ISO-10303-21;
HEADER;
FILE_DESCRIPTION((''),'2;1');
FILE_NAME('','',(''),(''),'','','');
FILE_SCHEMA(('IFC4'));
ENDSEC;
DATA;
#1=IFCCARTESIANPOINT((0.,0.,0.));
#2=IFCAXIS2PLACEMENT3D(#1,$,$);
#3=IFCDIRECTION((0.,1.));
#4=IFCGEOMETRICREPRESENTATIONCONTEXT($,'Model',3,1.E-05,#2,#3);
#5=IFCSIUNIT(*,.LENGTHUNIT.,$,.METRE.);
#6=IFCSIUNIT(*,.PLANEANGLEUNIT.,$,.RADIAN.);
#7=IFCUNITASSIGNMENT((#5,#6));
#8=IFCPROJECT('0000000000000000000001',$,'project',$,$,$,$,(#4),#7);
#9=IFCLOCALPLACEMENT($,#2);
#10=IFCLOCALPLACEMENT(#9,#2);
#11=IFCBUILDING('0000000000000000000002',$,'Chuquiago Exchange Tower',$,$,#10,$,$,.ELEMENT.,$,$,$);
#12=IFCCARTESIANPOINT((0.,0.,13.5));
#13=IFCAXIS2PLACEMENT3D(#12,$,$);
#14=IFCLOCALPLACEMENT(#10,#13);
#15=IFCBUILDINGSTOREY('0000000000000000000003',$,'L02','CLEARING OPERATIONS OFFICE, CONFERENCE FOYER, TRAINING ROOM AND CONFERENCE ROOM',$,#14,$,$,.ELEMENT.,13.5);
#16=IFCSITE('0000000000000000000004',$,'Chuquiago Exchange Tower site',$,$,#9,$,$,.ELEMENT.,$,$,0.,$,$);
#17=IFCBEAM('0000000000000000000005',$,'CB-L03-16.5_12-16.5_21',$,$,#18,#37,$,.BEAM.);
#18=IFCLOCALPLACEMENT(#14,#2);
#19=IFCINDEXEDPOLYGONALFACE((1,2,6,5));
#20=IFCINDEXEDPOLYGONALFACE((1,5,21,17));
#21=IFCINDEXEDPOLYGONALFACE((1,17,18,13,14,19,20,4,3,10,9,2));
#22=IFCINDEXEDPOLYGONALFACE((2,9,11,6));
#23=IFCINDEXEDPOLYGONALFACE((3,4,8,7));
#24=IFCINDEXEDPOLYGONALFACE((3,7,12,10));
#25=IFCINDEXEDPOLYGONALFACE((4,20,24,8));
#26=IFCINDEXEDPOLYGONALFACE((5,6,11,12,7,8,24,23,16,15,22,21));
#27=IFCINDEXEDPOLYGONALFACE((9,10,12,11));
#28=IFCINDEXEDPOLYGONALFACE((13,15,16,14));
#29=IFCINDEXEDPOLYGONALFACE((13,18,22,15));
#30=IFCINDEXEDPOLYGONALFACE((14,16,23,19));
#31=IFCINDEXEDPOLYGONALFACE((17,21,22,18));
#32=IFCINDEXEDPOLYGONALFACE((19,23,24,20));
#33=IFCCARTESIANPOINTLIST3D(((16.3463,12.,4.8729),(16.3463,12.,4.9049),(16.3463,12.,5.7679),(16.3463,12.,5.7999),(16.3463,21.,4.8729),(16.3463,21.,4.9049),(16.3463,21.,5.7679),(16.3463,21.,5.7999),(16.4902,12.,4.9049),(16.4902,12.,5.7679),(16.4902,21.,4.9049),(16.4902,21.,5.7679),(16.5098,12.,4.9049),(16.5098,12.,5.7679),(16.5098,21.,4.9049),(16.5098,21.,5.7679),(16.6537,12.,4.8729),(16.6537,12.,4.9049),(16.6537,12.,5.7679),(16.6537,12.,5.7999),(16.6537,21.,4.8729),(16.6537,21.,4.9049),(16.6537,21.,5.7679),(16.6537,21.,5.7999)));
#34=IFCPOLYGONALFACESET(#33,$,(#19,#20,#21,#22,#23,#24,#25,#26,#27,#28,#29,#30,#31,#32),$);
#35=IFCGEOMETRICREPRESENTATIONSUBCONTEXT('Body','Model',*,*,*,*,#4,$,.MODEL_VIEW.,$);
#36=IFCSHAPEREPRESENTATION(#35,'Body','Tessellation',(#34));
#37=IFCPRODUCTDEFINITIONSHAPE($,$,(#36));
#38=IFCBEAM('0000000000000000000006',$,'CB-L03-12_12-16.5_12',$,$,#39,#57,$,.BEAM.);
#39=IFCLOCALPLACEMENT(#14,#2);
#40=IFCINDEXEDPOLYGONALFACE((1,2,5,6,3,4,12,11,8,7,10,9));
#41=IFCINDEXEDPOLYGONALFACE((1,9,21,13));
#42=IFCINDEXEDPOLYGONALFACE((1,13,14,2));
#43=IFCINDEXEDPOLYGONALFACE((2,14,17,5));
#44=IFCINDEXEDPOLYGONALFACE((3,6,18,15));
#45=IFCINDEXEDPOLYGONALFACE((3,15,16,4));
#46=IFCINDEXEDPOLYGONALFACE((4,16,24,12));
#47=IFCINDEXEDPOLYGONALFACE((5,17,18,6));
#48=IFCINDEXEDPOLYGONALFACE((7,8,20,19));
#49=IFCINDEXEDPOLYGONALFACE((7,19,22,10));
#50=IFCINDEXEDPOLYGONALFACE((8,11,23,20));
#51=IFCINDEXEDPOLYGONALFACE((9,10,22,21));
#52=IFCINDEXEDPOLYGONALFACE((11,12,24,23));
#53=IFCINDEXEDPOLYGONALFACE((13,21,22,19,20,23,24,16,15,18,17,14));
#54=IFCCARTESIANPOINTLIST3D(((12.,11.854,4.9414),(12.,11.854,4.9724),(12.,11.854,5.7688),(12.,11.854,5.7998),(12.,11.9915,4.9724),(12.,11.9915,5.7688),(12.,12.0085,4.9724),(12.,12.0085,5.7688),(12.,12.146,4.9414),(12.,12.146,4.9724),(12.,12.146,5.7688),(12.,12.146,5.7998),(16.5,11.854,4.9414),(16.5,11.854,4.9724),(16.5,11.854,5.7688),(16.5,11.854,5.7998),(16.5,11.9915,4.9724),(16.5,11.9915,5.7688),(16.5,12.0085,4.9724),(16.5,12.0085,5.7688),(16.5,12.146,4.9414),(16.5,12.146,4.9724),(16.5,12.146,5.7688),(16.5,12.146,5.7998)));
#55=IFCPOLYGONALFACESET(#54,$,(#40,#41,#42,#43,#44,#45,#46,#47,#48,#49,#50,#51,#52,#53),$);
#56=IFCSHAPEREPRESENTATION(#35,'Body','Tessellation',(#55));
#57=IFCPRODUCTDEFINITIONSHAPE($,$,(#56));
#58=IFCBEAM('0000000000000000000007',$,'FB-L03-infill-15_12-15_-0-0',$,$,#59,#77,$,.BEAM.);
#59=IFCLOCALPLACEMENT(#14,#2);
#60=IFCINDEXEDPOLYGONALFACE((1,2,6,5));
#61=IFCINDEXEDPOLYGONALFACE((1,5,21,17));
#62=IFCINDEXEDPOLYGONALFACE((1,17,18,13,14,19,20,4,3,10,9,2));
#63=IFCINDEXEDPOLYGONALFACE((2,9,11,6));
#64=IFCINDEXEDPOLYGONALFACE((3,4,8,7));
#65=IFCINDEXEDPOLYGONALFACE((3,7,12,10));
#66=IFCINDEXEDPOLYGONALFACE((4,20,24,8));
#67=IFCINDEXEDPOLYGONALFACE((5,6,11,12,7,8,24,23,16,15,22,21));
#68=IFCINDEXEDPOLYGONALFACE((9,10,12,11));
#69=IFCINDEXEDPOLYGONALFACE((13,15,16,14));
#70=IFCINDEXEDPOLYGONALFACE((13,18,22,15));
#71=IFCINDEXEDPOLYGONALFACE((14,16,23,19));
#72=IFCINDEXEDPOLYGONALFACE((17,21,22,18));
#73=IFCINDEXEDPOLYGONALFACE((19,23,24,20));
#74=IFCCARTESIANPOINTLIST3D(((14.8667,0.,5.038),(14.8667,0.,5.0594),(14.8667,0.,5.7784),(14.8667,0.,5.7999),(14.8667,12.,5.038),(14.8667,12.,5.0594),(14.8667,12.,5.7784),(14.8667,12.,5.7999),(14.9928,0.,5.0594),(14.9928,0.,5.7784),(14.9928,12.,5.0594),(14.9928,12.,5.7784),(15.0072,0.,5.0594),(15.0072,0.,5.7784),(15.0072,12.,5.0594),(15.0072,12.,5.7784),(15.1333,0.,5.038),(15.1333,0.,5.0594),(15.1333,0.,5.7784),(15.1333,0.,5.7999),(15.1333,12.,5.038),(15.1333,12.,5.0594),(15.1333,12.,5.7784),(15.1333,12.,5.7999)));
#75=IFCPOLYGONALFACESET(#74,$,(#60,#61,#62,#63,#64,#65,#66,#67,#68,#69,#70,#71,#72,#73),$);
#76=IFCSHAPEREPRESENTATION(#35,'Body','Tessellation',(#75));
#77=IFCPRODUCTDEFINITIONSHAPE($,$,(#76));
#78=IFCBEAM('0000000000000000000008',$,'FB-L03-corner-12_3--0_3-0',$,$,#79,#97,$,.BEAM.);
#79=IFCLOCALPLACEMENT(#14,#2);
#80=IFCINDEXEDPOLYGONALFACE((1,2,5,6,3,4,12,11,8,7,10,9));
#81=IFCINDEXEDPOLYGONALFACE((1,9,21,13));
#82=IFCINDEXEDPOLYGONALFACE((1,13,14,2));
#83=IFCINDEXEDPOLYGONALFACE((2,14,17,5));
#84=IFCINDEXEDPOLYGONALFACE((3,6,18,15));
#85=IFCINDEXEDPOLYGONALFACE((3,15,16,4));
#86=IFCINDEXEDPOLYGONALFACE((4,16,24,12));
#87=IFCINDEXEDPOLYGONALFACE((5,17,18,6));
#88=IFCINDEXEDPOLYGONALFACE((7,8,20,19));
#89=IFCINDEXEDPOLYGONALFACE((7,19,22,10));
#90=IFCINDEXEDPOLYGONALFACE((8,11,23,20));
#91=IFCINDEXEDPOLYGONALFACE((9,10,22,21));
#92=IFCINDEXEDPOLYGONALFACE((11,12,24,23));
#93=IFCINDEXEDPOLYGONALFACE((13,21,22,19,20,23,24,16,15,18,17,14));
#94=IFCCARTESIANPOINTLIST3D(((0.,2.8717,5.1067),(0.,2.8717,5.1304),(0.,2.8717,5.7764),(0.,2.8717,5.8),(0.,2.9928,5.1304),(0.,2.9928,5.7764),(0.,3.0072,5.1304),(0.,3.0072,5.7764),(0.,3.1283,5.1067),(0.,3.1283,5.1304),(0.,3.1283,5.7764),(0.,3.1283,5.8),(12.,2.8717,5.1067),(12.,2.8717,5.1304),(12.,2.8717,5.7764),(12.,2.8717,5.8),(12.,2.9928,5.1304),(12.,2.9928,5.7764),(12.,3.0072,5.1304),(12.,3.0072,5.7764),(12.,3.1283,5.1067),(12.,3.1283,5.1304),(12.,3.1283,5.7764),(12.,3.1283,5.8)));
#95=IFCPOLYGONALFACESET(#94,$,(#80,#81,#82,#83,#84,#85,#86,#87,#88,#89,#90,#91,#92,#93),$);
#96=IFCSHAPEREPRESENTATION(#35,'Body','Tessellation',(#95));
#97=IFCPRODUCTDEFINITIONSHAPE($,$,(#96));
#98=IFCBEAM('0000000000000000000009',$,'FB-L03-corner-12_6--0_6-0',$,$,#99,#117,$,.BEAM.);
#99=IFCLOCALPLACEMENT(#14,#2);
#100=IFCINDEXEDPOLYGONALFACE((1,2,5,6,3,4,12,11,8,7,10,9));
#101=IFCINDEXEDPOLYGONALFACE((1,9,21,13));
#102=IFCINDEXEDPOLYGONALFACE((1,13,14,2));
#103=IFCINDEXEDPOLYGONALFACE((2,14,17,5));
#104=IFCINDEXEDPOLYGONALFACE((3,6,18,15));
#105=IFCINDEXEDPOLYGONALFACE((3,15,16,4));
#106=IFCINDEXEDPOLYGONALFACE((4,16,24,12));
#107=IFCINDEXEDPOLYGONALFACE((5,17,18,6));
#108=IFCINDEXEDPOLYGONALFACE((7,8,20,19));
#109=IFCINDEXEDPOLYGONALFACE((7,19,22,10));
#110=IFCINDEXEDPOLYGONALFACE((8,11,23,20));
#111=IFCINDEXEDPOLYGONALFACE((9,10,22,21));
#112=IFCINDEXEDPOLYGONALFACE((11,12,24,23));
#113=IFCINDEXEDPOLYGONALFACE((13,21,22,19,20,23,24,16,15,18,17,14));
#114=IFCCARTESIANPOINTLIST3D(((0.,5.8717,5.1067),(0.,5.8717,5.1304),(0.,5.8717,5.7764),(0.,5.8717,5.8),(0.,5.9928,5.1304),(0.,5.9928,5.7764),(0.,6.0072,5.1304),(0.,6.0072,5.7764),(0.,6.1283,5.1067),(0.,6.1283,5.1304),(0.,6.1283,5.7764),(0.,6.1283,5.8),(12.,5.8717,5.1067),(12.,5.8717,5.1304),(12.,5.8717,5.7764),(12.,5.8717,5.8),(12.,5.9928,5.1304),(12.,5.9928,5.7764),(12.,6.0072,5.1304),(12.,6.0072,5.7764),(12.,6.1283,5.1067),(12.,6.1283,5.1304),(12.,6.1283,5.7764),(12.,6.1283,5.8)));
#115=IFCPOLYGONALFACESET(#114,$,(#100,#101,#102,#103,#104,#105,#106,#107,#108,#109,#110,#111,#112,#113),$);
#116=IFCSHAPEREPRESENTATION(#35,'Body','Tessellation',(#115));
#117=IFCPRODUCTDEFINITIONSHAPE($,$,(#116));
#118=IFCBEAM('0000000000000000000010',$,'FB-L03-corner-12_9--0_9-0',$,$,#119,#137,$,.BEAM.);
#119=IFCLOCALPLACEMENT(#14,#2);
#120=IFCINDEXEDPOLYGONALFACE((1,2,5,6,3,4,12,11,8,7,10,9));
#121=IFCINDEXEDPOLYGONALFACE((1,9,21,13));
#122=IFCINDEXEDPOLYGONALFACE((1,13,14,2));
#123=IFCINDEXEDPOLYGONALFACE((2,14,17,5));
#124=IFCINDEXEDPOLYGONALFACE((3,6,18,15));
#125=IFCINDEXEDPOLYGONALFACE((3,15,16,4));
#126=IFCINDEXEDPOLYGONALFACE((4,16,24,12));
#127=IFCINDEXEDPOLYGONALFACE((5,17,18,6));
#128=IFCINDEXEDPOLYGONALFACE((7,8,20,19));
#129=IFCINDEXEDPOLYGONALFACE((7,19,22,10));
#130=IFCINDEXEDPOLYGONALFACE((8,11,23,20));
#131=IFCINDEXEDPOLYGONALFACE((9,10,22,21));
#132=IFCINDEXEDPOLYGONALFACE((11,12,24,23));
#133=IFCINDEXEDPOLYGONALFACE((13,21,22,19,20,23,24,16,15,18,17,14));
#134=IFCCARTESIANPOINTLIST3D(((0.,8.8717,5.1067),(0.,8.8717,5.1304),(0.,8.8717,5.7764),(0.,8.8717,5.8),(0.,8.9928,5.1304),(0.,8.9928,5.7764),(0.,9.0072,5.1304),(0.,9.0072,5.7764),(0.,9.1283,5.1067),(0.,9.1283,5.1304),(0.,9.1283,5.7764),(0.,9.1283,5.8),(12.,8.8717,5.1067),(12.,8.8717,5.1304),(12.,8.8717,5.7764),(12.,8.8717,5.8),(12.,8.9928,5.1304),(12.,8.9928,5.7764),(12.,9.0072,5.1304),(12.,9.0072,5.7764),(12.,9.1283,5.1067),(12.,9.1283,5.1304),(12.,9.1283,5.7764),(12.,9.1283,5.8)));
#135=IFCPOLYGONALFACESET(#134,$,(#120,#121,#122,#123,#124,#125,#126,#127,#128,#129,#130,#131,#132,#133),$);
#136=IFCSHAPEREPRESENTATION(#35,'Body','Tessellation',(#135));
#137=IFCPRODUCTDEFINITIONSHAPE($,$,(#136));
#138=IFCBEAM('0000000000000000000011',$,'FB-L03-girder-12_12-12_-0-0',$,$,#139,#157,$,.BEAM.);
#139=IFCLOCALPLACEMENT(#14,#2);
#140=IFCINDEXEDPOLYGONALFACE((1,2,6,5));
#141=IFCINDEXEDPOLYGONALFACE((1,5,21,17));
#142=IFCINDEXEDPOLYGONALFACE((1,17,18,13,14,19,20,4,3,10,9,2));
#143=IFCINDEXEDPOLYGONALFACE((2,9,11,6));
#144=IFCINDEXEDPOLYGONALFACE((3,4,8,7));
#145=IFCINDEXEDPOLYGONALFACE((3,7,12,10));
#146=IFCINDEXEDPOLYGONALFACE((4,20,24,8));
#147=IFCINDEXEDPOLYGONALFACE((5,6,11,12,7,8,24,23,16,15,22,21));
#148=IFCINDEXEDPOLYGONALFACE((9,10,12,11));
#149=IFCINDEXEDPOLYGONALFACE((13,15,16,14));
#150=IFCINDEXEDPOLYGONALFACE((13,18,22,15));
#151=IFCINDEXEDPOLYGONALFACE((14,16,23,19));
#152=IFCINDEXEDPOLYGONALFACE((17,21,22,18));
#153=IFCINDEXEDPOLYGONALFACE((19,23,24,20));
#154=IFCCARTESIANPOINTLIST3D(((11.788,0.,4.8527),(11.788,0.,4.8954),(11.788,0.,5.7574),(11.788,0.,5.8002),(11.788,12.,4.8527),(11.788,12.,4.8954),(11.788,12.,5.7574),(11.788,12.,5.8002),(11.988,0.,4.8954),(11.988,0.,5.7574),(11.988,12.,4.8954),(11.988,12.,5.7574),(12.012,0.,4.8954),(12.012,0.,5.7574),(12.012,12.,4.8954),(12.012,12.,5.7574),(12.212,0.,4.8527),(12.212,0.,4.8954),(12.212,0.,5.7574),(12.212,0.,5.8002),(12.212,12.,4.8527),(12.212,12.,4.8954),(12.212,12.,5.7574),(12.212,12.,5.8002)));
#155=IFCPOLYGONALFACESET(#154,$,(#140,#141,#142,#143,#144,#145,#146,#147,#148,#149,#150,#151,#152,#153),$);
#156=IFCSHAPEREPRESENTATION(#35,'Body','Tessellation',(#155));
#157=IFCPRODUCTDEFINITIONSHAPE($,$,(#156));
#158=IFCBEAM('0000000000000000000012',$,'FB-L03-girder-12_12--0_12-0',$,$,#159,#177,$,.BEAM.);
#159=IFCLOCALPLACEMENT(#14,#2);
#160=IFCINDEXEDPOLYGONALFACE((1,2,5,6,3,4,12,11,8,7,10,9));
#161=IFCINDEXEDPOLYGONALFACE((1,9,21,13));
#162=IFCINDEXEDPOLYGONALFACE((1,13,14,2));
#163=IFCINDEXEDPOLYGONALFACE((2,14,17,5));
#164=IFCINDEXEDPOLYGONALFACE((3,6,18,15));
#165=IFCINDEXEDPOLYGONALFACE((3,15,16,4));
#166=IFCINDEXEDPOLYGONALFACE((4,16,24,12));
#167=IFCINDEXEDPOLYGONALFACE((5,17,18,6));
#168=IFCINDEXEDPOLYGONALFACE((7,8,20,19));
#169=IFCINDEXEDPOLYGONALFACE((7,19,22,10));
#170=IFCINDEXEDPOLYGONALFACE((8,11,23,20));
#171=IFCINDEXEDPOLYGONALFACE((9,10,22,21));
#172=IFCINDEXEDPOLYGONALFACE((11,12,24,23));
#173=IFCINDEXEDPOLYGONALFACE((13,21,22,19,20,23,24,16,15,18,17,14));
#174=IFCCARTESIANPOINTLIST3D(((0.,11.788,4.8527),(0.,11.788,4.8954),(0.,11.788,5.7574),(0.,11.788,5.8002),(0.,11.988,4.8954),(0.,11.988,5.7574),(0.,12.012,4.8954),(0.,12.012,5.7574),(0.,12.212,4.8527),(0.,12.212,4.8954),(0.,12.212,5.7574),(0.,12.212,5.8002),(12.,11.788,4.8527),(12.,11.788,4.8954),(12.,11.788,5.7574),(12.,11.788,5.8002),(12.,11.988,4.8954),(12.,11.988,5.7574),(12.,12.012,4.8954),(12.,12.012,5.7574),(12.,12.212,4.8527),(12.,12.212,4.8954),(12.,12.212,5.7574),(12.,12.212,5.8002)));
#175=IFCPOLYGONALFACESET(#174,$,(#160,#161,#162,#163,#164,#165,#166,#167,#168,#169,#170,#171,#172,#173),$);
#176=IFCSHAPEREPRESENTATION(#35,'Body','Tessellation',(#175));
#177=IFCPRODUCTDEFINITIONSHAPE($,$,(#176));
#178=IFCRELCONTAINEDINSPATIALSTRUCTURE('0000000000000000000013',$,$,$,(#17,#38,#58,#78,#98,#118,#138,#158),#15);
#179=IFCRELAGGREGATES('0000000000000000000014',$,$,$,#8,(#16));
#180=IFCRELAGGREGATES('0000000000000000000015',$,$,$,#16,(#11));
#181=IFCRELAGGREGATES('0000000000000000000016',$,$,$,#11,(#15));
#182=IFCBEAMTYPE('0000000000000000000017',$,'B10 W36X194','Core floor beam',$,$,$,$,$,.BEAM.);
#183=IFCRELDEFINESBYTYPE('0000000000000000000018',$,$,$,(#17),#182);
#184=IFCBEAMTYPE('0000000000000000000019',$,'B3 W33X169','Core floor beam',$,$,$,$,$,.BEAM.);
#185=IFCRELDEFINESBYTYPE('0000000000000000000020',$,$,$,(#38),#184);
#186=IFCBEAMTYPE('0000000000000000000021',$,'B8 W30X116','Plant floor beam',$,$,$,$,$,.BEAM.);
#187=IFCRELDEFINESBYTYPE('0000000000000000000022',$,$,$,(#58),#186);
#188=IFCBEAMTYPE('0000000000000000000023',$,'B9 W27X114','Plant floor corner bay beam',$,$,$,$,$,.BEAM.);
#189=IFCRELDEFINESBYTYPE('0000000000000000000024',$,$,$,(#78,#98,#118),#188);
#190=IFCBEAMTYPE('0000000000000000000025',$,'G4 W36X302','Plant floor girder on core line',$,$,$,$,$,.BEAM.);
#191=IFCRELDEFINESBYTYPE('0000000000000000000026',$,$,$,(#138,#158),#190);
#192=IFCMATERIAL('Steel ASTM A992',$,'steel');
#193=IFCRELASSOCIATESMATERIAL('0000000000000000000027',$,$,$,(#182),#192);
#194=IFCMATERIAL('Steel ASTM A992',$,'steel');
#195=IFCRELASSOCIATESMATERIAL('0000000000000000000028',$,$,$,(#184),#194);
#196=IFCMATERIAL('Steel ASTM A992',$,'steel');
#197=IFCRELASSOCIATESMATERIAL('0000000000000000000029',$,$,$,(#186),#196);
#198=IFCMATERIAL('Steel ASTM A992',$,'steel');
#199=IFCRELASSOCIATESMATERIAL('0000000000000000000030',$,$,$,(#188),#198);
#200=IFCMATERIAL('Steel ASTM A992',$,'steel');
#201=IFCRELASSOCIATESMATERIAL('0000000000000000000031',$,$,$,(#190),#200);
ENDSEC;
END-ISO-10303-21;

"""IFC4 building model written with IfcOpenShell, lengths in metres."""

from ifc_helpers import new_model, si_unit, direction, frame, origin, origin_2d, place, context, subcontext, project, spatial, i_section, extrude, material, material_profile, profile_set, type_object, element, save


model = new_model("IFC4")

# Units and contexts
model_context = context("Model", 3, precision=1e-05, world=origin(), true_north=direction((0.0, 1.0)))
body_context = subcontext(model_context, "Body", "Model", "MODEL_VIEW")
ifc_project = project(units=[si_unit("LENGTHUNIT", "METRE"), si_unit("PLANEANGLEUNIT", "RADIAN")], contexts=[model_context])

# Site, building, storey
site_placement = place(None, origin())
site = spatial("IfcSite", under=ifc_project, at=site_placement, Name="Chuquiago Exchange Tower site", CompositionType="ELEMENT", RefElevation=0.0)
building_placement = place(site_placement, origin())
building = spatial("IfcBuilding", under=site, at=building_placement, Name="Chuquiago Exchange Tower", CompositionType="ELEMENT")
storey_placement = place(building_placement, frame((0.0, 0.0, 13.5)))
storey = spatial("IfcBuildingStorey", under=building, at=storey_placement, Name="L02", Description="CLEARING OPERATIONS OFFICE, CONFERENCE FOYER, TRAINING ROOM AND CONFERENCE ROOM", CompositionType="ELEMENT", Elevation=13.5)

# Beams
ifc_material_1 = material(Name="Steel ASTM A992", Category="steel")
ifc_material_profile_1 = material_profile(ifc_material_1, i_section(OverallWidth=0.3074, OverallDepth=0.927, WebThickness=0.0195, FlangeThickness=0.032, at=origin_2d()), Name="W36X194")
ifc_profile_set_1 = profile_set([ifc_material_profile_1], Name="Steel ASTM A992")
beam_type_1 = type_object("IfcBeamType", Name="B10 W36X194", Description="Core floor beam", PredefinedType="BEAM", material=ifc_profile_set_1)
for number, where, z_axis, x_axis, name in (
    (1, (16.5, 12.0, 5.3364), (0.0, 1.0, 0.0), (-1.0, 0.0, 0.0), "CB-L03-16.5_12-16.5_21"),
):
    element("IfcBeam", number, at=place(storey_placement, frame(where, z_axis=z_axis, x_axis=x_axis)), inside=storey, type_object=beam_type_1, Name=name, PredefinedType="BEAM", context=body_context, shape_type="SweptSolid", body=[
        extrude(i_section(OverallWidth=0.3074, OverallDepth=0.927, WebThickness=0.0195, FlangeThickness=0.032, at=origin_2d()), origin(), (0.0, 0.0, 1.0), 9.0),
    ])
ifc_material_2 = material(Name="Steel ASTM A992", Category="steel")
ifc_material_profile_2 = material_profile(ifc_material_2, i_section(OverallWidth=0.292, OverallDepth=0.8584, WebThickness=0.0171, FlangeThickness=0.031, at=origin_2d()), Name="W33X169")
ifc_profile_set_2 = profile_set([ifc_material_profile_2], Name="Steel ASTM A992")
beam_type_2 = type_object("IfcBeamType", Name="B3 W33X169", Description="Core floor beam", PredefinedType="BEAM", material=ifc_profile_set_2)
beam_1_placement = place(storey_placement, frame((12.0, 12.0, 5.3706), z_axis=(1.0, 0.0, 0.0), x_axis=(0.0, 1.0, 0.0)))
element("IfcBeam", 2, at=beam_1_placement, inside=storey, type_object=beam_type_2, Name="CB-L03-12_12-16.5_12", PredefinedType="BEAM", context=body_context, shape_type="SweptSolid", body=[
    extrude(i_section(OverallWidth=0.292, OverallDepth=0.8584, WebThickness=0.0171, FlangeThickness=0.031, at=origin_2d()), origin(), (0.0, 0.0, 1.0), 4.5),
])
ifc_material_3 = material(Name="Steel ASTM A992", Category="steel")
ifc_material_profile_3 = material_profile(ifc_material_3, i_section(OverallWidth=0.2666, OverallDepth=0.762, WebThickness=0.0144, FlangeThickness=0.0215, at=origin_2d()), Name="W30X116")
ifc_profile_set_3 = profile_set([ifc_material_profile_3], Name="Steel ASTM A992")
beam_type_3 = type_object("IfcBeamType", Name="B8 W30X116", Description="Plant floor beam", PredefinedType="BEAM", material=ifc_profile_set_3)
beam_2_placement = place(storey_placement, frame((15.0, 12.0, 5.4189), z_axis=(0.0, -1.0, 0.0), x_axis=(1.0, 0.0, 0.0)))
element("IfcBeam", 3, at=beam_2_placement, inside=storey, type_object=beam_type_3, Name="FB-L03-infill-15_12-15_-0-0", PredefinedType="BEAM", context=body_context, shape_type="SweptSolid", body=[
    extrude(i_section(OverallWidth=0.2666, OverallDepth=0.762, WebThickness=0.0144, FlangeThickness=0.0215, at=origin_2d()), origin(), (0.0, 0.0, 1.0), 12.0),
])
ifc_material_4 = material(Name="Steel ASTM A992", Category="steel")
ifc_material_profile_4 = material_profile(ifc_material_4, i_section(OverallWidth=0.2566, OverallDepth=0.6934, WebThickness=0.0144, FlangeThickness=0.0237, at=origin_2d()), Name="W27X114")
ifc_profile_set_4 = profile_set([ifc_material_profile_4], Name="Steel ASTM A992")
beam_type_4 = type_object("IfcBeamType", Name="B9 W27X114", Description="Plant floor corner bay beam", PredefinedType="BEAM", material=ifc_profile_set_4)
for number, where, z_axis, x_axis, name in (
    (4, (12.0, 3.0, 5.4534), (-1.0, 0.0, 0.0), (0.0, -1.0, 0.0), "FB-L03-corner-12_3--0_3-0"),
    (5, (12.0, 6.0, 5.4534), (-1.0, 0.0, 0.0), (0.0, -1.0, 0.0), "FB-L03-corner-12_6--0_6-0"),
    (6, (12.0, 9.0, 5.4534), (-1.0, 0.0, 0.0), (0.0, -1.0, 0.0), "FB-L03-corner-12_9--0_9-0"),
):
    element("IfcBeam", number, at=place(storey_placement, frame(where, z_axis=z_axis, x_axis=x_axis)), inside=storey, type_object=beam_type_4, Name=name, PredefinedType="BEAM", context=body_context, shape_type="SweptSolid", body=[
        extrude(i_section(OverallWidth=0.2566, OverallDepth=0.6934, WebThickness=0.0144, FlangeThickness=0.0237, at=origin_2d()), origin(), (0.0, 0.0, 1.0), 12.0),
    ])
ifc_material_5 = material(Name="Steel ASTM A992", Category="steel")
ifc_material_profile_5 = material_profile(ifc_material_5, i_section(OverallWidth=0.4241, OverallDepth=0.9475, WebThickness=0.0239, FlangeThickness=0.0427, at=origin_2d()), Name="W36X302")
ifc_profile_set_5 = profile_set([ifc_material_profile_5], Name="Steel ASTM A992")
beam_type_5 = type_object("IfcBeamType", Name="G4 W36X302", Description="Plant floor girder on core line", PredefinedType="BEAM", material=ifc_profile_set_5)
for number, where, z_axis, x_axis, name in (
    (7, (12.0, 12.0, 5.3264), (0.0, -1.0, 0.0), (1.0, 0.0, 0.0), "FB-L03-girder-12_12-12_-0-0"),
    (8, (12.0, 12.0, 5.3264), (-1.0, 0.0, 0.0), (0.0, -1.0, 0.0), "FB-L03-girder-12_12--0_12-0"),
):
    element("IfcBeam", number, at=place(storey_placement, frame(where, z_axis=z_axis, x_axis=x_axis)), inside=storey, type_object=beam_type_5, Name=name, PredefinedType="BEAM", context=body_context, shape_type="SweptSolid", body=[
        extrude(i_section(OverallWidth=0.4241, OverallDepth=0.9475, WebThickness=0.0239, FlangeThickness=0.0427, at=origin_2d()), origin(), (0.0, 0.0, 1.0), 12.0),
    ])

save(model, "model.ifc")
